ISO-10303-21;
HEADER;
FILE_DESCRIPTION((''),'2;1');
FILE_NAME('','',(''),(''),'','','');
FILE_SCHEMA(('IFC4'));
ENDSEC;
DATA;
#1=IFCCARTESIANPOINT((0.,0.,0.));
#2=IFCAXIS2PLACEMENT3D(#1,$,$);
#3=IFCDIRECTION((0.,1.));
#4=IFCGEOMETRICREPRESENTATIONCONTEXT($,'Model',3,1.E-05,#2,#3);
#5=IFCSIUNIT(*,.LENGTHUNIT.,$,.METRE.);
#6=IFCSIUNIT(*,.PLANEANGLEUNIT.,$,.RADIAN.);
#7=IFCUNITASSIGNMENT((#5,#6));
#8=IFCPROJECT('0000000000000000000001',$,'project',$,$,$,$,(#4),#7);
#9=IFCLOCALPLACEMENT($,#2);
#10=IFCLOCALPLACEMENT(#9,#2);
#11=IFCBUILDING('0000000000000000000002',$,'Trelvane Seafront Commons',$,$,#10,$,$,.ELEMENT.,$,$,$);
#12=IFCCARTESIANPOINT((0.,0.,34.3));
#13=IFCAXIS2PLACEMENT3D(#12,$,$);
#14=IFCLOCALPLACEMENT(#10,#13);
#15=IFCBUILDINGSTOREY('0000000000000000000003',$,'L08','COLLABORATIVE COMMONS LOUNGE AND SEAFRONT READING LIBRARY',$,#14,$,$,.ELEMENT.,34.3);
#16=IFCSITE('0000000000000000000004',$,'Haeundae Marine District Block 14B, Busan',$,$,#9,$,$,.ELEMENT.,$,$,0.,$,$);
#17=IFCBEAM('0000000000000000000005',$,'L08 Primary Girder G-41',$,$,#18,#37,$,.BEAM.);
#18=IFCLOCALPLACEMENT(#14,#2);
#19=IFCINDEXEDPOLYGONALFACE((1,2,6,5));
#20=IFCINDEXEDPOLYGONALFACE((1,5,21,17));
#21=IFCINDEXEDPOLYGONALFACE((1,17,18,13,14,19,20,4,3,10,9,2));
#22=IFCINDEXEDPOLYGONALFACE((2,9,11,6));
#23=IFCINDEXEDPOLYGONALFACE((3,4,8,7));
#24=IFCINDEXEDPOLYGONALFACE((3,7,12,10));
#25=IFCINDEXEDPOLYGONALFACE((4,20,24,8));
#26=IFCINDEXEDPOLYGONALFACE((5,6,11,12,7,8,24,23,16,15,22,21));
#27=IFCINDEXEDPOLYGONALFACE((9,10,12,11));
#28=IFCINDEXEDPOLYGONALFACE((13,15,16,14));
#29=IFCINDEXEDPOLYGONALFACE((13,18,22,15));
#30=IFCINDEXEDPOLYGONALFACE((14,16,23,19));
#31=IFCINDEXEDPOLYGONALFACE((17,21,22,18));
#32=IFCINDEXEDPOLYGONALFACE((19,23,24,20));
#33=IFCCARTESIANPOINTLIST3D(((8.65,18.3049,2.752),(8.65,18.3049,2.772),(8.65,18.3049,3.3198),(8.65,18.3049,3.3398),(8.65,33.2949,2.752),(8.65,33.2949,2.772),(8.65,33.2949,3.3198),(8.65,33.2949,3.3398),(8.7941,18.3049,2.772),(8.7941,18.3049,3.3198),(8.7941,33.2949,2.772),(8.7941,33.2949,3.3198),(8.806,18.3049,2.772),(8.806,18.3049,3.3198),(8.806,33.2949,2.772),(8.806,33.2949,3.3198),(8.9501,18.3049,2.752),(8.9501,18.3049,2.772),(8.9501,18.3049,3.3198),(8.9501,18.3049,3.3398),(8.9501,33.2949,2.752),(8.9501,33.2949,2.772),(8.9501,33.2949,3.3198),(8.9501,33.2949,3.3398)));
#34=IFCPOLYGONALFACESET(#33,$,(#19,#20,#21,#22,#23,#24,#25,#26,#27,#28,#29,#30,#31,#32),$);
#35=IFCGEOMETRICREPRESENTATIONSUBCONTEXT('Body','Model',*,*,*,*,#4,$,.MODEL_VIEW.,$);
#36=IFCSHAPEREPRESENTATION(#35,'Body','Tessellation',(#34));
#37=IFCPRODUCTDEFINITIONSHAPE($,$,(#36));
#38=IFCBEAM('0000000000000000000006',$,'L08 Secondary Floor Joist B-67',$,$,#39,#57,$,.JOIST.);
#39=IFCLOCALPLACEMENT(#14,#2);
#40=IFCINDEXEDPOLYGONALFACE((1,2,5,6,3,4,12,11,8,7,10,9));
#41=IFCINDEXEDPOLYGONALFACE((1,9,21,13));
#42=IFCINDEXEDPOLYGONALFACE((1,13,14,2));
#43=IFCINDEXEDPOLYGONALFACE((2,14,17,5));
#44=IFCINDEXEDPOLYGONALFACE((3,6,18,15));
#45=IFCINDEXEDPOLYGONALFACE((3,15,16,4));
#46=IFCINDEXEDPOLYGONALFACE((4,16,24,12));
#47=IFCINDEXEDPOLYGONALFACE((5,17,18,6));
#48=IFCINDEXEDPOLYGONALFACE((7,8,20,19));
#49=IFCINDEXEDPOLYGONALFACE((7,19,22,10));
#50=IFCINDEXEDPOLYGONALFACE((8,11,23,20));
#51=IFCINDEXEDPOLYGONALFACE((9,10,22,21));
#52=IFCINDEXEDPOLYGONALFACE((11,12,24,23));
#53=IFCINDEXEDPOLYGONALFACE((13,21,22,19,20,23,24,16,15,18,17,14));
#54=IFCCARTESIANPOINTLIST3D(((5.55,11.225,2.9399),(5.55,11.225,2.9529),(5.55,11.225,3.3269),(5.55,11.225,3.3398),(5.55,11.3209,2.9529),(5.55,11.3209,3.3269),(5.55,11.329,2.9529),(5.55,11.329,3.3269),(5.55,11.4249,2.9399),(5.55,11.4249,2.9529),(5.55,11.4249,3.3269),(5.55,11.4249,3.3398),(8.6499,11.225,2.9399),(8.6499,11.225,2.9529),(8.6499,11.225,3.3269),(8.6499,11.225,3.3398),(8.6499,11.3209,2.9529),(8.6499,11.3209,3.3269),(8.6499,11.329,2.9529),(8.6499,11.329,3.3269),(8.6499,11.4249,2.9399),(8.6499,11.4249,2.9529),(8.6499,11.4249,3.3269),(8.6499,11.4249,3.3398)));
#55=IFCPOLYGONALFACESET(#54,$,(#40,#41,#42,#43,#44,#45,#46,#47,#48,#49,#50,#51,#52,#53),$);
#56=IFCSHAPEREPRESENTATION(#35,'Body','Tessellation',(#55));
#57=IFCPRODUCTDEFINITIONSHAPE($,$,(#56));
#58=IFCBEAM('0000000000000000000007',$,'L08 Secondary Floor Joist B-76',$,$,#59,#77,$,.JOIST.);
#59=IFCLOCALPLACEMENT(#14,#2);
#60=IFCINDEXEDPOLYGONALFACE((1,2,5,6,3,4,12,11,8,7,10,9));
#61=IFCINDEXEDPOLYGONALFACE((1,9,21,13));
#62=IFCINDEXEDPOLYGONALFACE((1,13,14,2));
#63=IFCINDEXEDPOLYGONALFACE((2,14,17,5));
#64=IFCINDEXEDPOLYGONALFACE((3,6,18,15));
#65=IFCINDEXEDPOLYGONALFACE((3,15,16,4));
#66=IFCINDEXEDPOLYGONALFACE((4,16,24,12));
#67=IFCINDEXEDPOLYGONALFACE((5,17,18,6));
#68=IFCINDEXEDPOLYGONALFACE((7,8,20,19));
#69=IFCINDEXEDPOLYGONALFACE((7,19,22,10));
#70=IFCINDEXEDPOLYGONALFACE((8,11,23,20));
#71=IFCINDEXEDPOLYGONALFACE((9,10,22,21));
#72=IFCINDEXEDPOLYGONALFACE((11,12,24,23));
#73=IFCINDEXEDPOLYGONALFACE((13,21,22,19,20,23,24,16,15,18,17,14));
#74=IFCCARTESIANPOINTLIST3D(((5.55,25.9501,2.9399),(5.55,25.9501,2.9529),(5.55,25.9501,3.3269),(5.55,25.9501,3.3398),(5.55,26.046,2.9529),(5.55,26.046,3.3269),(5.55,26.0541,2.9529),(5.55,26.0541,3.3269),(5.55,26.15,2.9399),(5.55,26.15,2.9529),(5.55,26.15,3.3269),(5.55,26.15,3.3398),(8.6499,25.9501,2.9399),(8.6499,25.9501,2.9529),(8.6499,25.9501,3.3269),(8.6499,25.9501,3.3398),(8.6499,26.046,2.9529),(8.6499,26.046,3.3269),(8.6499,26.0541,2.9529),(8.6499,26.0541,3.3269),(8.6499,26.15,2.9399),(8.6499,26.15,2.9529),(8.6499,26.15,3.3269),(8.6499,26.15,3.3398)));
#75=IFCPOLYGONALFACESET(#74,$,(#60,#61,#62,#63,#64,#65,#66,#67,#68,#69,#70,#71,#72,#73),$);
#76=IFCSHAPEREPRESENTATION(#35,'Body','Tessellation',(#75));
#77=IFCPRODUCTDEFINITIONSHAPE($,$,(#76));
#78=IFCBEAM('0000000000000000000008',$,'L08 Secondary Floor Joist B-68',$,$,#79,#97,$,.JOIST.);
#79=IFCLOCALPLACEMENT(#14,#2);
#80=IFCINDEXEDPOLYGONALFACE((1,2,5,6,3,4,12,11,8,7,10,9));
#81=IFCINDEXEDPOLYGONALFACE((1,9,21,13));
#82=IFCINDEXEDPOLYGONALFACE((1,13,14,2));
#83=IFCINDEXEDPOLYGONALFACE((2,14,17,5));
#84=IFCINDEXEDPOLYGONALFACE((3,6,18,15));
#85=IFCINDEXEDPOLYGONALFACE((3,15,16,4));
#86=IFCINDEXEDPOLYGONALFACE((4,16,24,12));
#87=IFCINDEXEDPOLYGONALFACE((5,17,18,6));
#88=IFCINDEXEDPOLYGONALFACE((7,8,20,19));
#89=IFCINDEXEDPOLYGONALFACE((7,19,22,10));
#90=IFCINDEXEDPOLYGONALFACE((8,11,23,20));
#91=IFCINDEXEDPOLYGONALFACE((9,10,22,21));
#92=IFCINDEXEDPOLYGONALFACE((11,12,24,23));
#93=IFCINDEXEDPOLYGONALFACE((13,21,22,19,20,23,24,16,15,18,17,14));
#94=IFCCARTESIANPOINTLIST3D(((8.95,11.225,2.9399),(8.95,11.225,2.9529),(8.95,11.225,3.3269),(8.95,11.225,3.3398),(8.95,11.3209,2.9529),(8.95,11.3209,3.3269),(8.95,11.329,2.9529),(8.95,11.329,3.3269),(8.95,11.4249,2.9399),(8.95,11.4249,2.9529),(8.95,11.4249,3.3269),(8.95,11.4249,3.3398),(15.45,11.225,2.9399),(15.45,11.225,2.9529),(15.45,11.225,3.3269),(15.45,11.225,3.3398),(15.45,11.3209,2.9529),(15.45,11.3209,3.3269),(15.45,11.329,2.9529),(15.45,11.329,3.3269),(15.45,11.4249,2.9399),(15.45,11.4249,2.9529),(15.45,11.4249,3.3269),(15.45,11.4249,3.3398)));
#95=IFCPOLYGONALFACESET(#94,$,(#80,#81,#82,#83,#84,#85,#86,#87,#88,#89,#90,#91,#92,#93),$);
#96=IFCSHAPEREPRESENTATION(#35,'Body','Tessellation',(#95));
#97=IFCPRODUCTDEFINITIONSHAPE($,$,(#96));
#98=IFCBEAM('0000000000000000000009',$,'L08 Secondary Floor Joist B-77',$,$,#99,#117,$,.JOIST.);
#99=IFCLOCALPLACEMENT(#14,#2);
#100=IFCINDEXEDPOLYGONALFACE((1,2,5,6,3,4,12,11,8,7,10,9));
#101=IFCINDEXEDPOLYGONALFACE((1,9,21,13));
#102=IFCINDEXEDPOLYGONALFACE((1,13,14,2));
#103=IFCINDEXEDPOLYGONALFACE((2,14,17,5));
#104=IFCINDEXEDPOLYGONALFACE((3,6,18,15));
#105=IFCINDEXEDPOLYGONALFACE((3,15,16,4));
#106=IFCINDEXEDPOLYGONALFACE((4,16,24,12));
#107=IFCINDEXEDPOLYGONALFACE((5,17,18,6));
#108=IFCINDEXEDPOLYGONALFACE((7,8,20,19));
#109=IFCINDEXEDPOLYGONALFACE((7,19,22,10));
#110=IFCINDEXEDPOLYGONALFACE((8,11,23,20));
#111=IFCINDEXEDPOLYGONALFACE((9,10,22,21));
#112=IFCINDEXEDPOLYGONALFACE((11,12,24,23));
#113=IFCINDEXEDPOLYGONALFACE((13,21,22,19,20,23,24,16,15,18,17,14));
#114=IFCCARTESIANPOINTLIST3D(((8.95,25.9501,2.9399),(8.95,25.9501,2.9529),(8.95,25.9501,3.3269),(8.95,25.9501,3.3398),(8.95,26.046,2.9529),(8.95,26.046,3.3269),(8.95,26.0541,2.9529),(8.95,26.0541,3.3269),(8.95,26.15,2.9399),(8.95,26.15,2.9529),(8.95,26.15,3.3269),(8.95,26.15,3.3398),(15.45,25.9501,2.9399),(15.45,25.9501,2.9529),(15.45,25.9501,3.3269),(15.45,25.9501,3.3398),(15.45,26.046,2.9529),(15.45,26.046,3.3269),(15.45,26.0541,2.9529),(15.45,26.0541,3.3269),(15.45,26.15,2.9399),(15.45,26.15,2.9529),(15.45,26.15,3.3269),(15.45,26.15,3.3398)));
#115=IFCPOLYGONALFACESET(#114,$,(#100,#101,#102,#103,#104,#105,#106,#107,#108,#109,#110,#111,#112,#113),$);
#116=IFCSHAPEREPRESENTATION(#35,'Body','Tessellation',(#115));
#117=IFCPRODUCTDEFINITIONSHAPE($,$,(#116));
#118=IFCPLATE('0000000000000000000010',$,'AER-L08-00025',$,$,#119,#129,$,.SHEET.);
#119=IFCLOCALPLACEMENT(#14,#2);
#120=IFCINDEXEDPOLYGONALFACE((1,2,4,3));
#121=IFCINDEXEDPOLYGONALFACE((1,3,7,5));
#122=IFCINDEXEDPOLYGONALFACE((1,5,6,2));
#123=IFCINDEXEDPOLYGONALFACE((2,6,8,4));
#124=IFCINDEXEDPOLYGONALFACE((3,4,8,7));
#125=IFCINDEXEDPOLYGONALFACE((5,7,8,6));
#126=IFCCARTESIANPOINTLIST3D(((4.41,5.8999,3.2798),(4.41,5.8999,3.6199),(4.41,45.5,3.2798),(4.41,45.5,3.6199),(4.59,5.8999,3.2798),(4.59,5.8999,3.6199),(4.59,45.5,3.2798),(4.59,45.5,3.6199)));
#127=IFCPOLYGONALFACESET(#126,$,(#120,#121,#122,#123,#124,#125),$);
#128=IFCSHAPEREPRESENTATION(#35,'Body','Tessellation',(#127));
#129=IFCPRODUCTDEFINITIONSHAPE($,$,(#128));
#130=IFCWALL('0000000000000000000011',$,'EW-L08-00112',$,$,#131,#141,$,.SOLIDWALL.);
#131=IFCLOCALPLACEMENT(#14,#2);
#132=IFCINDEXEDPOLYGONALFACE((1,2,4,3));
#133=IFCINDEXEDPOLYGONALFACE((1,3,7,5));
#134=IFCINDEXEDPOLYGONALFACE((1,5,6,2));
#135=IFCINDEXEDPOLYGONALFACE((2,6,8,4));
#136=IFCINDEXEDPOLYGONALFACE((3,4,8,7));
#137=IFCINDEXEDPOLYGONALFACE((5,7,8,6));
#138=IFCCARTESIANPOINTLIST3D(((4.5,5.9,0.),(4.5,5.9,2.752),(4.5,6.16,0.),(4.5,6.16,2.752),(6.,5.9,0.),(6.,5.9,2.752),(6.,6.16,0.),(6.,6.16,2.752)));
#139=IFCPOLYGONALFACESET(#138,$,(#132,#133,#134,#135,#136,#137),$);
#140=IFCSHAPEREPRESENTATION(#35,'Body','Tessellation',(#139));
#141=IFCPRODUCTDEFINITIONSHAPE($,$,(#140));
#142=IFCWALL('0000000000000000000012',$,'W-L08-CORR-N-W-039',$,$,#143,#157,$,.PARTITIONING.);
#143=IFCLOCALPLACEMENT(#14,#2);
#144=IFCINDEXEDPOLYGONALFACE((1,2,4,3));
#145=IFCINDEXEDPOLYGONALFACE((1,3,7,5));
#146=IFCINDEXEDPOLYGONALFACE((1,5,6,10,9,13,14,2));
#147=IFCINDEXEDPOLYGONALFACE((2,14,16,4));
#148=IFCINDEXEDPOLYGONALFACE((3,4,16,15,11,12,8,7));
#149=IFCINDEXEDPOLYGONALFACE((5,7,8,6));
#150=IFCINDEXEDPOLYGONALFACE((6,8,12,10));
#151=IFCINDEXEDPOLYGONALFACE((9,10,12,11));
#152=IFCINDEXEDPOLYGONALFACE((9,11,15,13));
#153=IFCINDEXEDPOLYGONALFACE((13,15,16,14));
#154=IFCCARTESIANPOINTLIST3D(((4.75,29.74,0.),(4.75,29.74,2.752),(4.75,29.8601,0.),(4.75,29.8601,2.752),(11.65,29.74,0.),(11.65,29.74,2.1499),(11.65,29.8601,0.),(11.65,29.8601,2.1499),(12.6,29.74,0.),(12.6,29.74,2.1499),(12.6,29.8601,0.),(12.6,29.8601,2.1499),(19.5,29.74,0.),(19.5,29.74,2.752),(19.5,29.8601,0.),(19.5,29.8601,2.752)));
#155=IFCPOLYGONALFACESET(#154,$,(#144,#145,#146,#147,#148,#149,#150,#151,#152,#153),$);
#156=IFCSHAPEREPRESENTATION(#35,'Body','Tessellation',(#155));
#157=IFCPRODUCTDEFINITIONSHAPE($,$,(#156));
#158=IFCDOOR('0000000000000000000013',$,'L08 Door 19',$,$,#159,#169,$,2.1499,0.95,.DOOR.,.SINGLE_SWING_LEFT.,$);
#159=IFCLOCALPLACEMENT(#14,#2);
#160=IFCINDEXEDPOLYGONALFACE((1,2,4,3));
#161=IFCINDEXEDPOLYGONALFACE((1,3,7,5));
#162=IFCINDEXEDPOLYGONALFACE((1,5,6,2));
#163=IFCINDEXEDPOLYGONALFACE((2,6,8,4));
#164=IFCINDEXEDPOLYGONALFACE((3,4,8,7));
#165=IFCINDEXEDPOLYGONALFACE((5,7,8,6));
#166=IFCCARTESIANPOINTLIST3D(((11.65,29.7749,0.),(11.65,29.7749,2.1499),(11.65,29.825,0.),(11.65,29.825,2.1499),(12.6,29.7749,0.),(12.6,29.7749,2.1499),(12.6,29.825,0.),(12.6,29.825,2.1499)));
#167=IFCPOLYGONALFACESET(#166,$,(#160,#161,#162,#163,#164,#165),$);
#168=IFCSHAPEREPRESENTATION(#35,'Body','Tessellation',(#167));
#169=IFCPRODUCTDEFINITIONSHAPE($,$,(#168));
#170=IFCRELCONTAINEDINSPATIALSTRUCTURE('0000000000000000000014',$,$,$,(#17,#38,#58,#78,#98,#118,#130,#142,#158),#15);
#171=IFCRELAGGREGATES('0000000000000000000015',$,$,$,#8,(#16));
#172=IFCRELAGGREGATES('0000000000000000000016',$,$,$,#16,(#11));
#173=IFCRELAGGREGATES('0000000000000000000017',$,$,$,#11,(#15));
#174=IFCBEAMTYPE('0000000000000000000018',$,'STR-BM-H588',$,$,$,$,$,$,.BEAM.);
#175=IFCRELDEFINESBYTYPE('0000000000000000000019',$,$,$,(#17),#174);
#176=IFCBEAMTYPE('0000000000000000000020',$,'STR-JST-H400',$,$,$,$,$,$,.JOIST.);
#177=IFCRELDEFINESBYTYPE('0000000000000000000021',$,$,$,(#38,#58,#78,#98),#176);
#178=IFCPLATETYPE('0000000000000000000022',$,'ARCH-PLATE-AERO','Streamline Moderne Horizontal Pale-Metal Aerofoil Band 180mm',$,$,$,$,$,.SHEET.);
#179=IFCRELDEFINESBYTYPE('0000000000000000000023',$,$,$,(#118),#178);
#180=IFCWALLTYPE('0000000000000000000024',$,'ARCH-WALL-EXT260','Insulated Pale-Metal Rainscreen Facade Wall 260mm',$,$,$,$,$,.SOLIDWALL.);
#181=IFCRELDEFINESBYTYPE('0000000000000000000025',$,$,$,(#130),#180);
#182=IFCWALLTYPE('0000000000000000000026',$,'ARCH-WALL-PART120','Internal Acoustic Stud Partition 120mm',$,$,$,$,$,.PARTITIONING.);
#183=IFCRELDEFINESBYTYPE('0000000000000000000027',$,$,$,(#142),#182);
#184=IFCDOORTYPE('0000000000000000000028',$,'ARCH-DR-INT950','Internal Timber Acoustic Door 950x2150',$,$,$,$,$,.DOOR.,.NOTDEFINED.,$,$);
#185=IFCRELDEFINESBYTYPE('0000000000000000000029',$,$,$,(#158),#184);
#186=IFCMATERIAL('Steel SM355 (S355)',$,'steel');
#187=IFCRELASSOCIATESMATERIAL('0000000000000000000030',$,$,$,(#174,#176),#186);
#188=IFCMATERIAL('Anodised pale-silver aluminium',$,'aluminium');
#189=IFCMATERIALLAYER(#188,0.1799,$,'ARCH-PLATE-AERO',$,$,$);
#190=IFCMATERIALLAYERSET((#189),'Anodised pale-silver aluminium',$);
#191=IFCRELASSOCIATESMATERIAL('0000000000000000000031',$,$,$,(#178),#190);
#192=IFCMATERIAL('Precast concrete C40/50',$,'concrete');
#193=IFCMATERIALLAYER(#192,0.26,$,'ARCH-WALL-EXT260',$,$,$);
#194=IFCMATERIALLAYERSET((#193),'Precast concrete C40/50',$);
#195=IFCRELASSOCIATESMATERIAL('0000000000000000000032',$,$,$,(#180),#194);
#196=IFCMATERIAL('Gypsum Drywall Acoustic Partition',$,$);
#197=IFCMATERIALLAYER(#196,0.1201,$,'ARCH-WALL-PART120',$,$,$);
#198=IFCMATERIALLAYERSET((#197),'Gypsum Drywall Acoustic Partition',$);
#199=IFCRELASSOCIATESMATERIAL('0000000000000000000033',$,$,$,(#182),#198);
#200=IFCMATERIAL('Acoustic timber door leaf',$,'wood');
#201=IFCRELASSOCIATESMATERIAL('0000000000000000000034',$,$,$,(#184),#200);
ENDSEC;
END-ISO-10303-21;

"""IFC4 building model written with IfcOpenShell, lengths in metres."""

from ifc_helpers import new_model, si_unit, direction, frame, frame_2d, origin, origin_2d, place, context, subcontext, project, spatial, rectangle, i_section, extrude, source, transform, mapped, material, layer, layer_set, material_profile, profile_set, type_object, element, fill, save


model = new_model("IFC4")

# Units and contexts
model_context = context("Model", 3, precision=1e-05, world=origin(), true_north=direction((0.0, 1.0)))
body_context = subcontext(model_context, "Body", "Model", "MODEL_VIEW")
ifc_project = project(units=[si_unit("LENGTHUNIT", "METRE"), si_unit("PLANEANGLEUNIT", "RADIAN")], contexts=[model_context])

# Site, building, storey
site_placement = place(None, origin())
site = spatial("IfcSite", under=ifc_project, at=site_placement, Name="Haeundae Marine District Block 14B, Busan", CompositionType="ELEMENT", RefElevation=0.0)
building_placement = place(site_placement, origin())
building = spatial("IfcBuilding", under=site, at=building_placement, Name="Trelvane Seafront Commons", CompositionType="ELEMENT")
storey_placement = place(building_placement, frame((0.0, 0.0, 34.3)))
storey = spatial("IfcBuildingStorey", under=building, at=storey_placement, Name="L08", Description="COLLABORATIVE COMMONS LOUNGE AND SEAFRONT READING LIBRARY", CompositionType="ELEMENT", Elevation=34.3)

# Shared definitions
ifc_material_1 = material(Name="Steel SM355 (S355)", Category="steel")

# Beams
ifc_material_profile_1 = material_profile(ifc_material_1, i_section(OverallWidth=0.3, OverallDepth=0.5879, WebThickness=0.012, FlangeThickness=0.02, at=origin_2d()), Name="H-588x300x12x20")
ifc_profile_set_1 = profile_set([ifc_material_profile_1], Name="Steel SM355 (S355)")
beam_type_1 = type_object("IfcBeamType", Name="STR-BM-H588", PredefinedType="BEAM", material=ifc_profile_set_1)
shared_shape_1 = source(origin(), body_context, "Body", "SweptSolid", [
    extrude(i_section(OverallWidth=0.3, OverallDepth=0.5879, WebThickness=0.012, FlangeThickness=0.02, at=origin_2d()), origin(), (0.0, 0.0, 1.0), 14.99),
])
for number, where, z_axis, x_axis, name in (
    (1, (8.8, 18.3049, 3.0459), (0.0, 1.0, 0.0), (-1.0, 0.0, 0.0), "L08 Primary Girder G-41"),
):
    element("IfcBeam", number, at=place(storey_placement, frame(where, z_axis=z_axis, x_axis=x_axis)), inside=storey, type_object=beam_type_1, Name=name, PredefinedType="BEAM", context=body_context, shape_type="MappedRepresentation", body=[
        mapped(shared_shape_1, transform((0.0, 0.0, 0.0), x_axis=(1.0, 0.0, 0.0), y_axis=(0.0, 1.0, 0.0), z_axis=(0.0, 0.0, 1.0), scale=1.0)),
    ])
ifc_material_profile_2 = material_profile(ifc_material_1, i_section(OverallWidth=0.2, OverallDepth=0.3999, WebThickness=0.0081, FlangeThickness=0.0129, at=origin_2d()), Name="H-400x200x8x13")
ifc_profile_set_2 = profile_set([ifc_material_profile_2], Name="Steel SM355 (S355)")
beam_type_2 = type_object("IfcBeamType", Name="STR-JST-H400", PredefinedType="JOIST", material=ifc_profile_set_2)
shared_shape_2 = source(origin(), body_context, "Body", "SweptSolid", [
    extrude(i_section(OverallWidth=0.2, OverallDepth=0.3999, WebThickness=0.0081, FlangeThickness=0.0129, at=origin_2d()), origin(), (0.0, 0.0, 1.0), 3.0999),
])
for number, where, z_axis, x_axis, name in (
    (2, (5.55, 11.325, 3.1399), (1.0, 0.0, 0.0), (0.0, 1.0, 0.0), "L08 Secondary Floor Joist B-67"),
    (3, (5.55, 26.05, 3.1399), (1.0, 0.0, 0.0), (0.0, 1.0, 0.0), "L08 Secondary Floor Joist B-76"),
):
    element("IfcBeam", number, at=place(storey_placement, frame(where, z_axis=z_axis, x_axis=x_axis)), inside=storey, type_object=beam_type_2, Name=name, PredefinedType="JOIST", context=body_context, shape_type="MappedRepresentation", body=[
        mapped(shared_shape_2, transform((0.0, 0.0, 0.0), x_axis=(1.0, 0.0, 0.0), y_axis=(0.0, 1.0, 0.0), z_axis=(0.0, 0.0, 1.0), scale=1.0)),
    ])
shared_shape_3 = source(origin(), body_context, "Body", "SweptSolid", [
    extrude(i_section(OverallWidth=0.2, OverallDepth=0.3999, WebThickness=0.0081, FlangeThickness=0.0129, at=origin_2d()), origin(), (0.0, 0.0, 1.0), 6.5),
])
for number, where, z_axis, x_axis, name in (
    (4, (8.95, 11.325, 3.1399), (1.0, 0.0, 0.0), (0.0, 1.0, 0.0), "L08 Secondary Floor Joist B-68"),
    (5, (8.95, 26.05, 3.1399), (1.0, 0.0, 0.0), (0.0, 1.0, 0.0), "L08 Secondary Floor Joist B-77"),
):
    element("IfcBeam", number, at=place(storey_placement, frame(where, z_axis=z_axis, x_axis=x_axis)), inside=storey, type_object=beam_type_2, Name=name, PredefinedType="JOIST", context=body_context, shape_type="MappedRepresentation", body=[
        mapped(shared_shape_3, transform((0.0, 0.0, 0.0), x_axis=(1.0, 0.0, 0.0), y_axis=(0.0, 1.0, 0.0), z_axis=(0.0, 0.0, 1.0), scale=1.0)),
    ])

# Plate
ifc_material_2 = material(Name="Anodised pale-silver aluminium", Category="aluminium")
ifc_layer_1 = layer(ifc_material_2, 0.1799, Name="ARCH-PLATE-AERO")
ifc_layer_set_1 = layer_set([ifc_layer_1], Name="Anodised pale-silver aluminium")
plate_type = type_object("IfcPlateType", Name="ARCH-PLATE-AERO", Description="Streamline Moderne Horizontal Pale-Metal Aerofoil Band 180mm", PredefinedType="SHEET", material=ifc_layer_set_1)
shared_shape_4 = source(origin(), body_context, "Body", "SweptSolid", [
    extrude(rectangle(XDim=39.6001, YDim=0.1799, at=origin_2d()), origin(), (0.0, 0.0, 1.0), 0.3401),
])
plate_placement = place(storey_placement, frame((4.5, 25.7, 3.2798), z_axis=(0.0, 0.0, 1.0), x_axis=(0.0, 1.0, 0.0)))
element("IfcPlate", 6, at=plate_placement, inside=storey, type_object=plate_type, Name="AER-L08-00025", PredefinedType="SHEET", context=body_context, shape_type="MappedRepresentation", body=[
    mapped(shared_shape_4, transform((0.0, 0.0, 0.0), x_axis=(1.0, 0.0, 0.0), y_axis=(0.0, 1.0, 0.0), z_axis=(0.0, 0.0, 1.0), scale=1.0)),
])

# Wall
ifc_material_3 = material(Name="Precast concrete C40/50", Category="concrete")
ifc_layer_2 = layer(ifc_material_3, 0.26, Name="ARCH-WALL-EXT260")
ifc_layer_set_2 = layer_set([ifc_layer_2], Name="Precast concrete C40/50")
wall_type_1 = type_object("IfcWallType", Name="ARCH-WALL-EXT260", Description="Insulated Pale-Metal Rainscreen Facade Wall 260mm", PredefinedType="SOLIDWALL", material=ifc_layer_set_2)
wall_1_placement = place(storey_placement, frame((6.0, 6.03, 0.0), z_axis=(0.0, 0.0, 1.0), x_axis=(-1.0, 0.0, 0.0)))
element("IfcWall", 7, at=wall_1_placement, inside=storey, type_object=wall_type_1, Name="EW-L08-00112", PredefinedType="SOLIDWALL", context=body_context, shape_type="SweptSolid", body=[
    extrude(rectangle(XDim=1.5, YDim=0.26, at=frame_2d((0.75, 0.0))), origin(), (0.0, 0.0, 1.0), 2.752),
])

# Wall, opening, door
ifc_material_4 = material(Name="Gypsum Drywall Acoustic Partition")
ifc_layer_3 = layer(ifc_material_4, 0.1201, Name="ARCH-WALL-PART120")
ifc_layer_set_3 = layer_set([ifc_layer_3], Name="Gypsum Drywall Acoustic Partition")
wall_type_2 = type_object("IfcWallType", Name="ARCH-WALL-PART120", Description="Internal Acoustic Stud Partition 120mm", PredefinedType="PARTITIONING", material=ifc_layer_set_3)
wall_2_placement = place(storey_placement, frame((4.75, 29.8, 0.0), z_axis=(0.0, 0.0, 1.0), x_axis=(1.0, 0.0, 0.0)))
wall_2 = element("IfcWall", 8, at=wall_2_placement, inside=storey, type_object=wall_type_2, Name="W-L08-CORR-N-W-039", PredefinedType="PARTITIONING", context=body_context, shape_type="SweptSolid", body=[
    extrude(rectangle(XDim=14.75, YDim=0.1201, at=frame_2d((7.375, 0.0))), origin(), (0.0, 0.0, 1.0), 2.752),
])
opening_1_placement = place(wall_2_placement, frame((6.8999, 0.0, 0.0)))
opening_1 = element("IfcOpeningElement", 9, at=opening_1_placement, cuts=wall_2, PredefinedType="OPENING", context=body_context, shape_type="SweptSolid", body=[
    extrude(rectangle(XDim=0.95, YDim=2.1499, at=frame_2d((0.4751, 1.075))), frame((0.0, 0.0701, 0.0), z_axis=(0.0, -1.0, 0.0), x_axis=(1.0, 0.0, 0.0)), (0.0, 0.0, 1.0), 0.1401),
])
ifc_material_5 = material(Name="Acoustic timber door leaf", Category="wood")
door_type_1 = type_object("IfcDoorType", Name="ARCH-DR-INT950", Description="Internal Timber Acoustic Door 950x2150", OperationType="NOTDEFINED", PredefinedType="DOOR", material=ifc_material_5)
shared_shape_5 = source(origin(), body_context, "Body", "SweptSolid", [
    extrude(rectangle(XDim=0.95, YDim=2.1499, at=frame_2d((0.4751, 1.075))), frame((0.0, 0.0249, 0.0), z_axis=(0.0, -1.0, 0.0), x_axis=(1.0, 0.0, 0.0)), (0.0, 0.0, 1.0), 0.05),
])
door_1_placement = place(opening_1_placement, origin())
door_1 = element("IfcDoor", 10, at=door_1_placement, inside=storey, type_object=door_type_1, Name="L08 Door 19", OperationType="SINGLE_SWING_LEFT", OverallHeight=2.1499, OverallWidth=0.95, PredefinedType="DOOR", context=body_context, shape_type="MappedRepresentation", body=[
    mapped(shared_shape_5, transform((0.0, 0.0, 0.0), x_axis=(1.0, 0.0, 0.0), y_axis=(0.0, 1.0, 0.0), z_axis=(0.0, 0.0, 1.0), scale=1.0)),
])
fill(opening_1, door_1)

save(model, "model.ifc")
